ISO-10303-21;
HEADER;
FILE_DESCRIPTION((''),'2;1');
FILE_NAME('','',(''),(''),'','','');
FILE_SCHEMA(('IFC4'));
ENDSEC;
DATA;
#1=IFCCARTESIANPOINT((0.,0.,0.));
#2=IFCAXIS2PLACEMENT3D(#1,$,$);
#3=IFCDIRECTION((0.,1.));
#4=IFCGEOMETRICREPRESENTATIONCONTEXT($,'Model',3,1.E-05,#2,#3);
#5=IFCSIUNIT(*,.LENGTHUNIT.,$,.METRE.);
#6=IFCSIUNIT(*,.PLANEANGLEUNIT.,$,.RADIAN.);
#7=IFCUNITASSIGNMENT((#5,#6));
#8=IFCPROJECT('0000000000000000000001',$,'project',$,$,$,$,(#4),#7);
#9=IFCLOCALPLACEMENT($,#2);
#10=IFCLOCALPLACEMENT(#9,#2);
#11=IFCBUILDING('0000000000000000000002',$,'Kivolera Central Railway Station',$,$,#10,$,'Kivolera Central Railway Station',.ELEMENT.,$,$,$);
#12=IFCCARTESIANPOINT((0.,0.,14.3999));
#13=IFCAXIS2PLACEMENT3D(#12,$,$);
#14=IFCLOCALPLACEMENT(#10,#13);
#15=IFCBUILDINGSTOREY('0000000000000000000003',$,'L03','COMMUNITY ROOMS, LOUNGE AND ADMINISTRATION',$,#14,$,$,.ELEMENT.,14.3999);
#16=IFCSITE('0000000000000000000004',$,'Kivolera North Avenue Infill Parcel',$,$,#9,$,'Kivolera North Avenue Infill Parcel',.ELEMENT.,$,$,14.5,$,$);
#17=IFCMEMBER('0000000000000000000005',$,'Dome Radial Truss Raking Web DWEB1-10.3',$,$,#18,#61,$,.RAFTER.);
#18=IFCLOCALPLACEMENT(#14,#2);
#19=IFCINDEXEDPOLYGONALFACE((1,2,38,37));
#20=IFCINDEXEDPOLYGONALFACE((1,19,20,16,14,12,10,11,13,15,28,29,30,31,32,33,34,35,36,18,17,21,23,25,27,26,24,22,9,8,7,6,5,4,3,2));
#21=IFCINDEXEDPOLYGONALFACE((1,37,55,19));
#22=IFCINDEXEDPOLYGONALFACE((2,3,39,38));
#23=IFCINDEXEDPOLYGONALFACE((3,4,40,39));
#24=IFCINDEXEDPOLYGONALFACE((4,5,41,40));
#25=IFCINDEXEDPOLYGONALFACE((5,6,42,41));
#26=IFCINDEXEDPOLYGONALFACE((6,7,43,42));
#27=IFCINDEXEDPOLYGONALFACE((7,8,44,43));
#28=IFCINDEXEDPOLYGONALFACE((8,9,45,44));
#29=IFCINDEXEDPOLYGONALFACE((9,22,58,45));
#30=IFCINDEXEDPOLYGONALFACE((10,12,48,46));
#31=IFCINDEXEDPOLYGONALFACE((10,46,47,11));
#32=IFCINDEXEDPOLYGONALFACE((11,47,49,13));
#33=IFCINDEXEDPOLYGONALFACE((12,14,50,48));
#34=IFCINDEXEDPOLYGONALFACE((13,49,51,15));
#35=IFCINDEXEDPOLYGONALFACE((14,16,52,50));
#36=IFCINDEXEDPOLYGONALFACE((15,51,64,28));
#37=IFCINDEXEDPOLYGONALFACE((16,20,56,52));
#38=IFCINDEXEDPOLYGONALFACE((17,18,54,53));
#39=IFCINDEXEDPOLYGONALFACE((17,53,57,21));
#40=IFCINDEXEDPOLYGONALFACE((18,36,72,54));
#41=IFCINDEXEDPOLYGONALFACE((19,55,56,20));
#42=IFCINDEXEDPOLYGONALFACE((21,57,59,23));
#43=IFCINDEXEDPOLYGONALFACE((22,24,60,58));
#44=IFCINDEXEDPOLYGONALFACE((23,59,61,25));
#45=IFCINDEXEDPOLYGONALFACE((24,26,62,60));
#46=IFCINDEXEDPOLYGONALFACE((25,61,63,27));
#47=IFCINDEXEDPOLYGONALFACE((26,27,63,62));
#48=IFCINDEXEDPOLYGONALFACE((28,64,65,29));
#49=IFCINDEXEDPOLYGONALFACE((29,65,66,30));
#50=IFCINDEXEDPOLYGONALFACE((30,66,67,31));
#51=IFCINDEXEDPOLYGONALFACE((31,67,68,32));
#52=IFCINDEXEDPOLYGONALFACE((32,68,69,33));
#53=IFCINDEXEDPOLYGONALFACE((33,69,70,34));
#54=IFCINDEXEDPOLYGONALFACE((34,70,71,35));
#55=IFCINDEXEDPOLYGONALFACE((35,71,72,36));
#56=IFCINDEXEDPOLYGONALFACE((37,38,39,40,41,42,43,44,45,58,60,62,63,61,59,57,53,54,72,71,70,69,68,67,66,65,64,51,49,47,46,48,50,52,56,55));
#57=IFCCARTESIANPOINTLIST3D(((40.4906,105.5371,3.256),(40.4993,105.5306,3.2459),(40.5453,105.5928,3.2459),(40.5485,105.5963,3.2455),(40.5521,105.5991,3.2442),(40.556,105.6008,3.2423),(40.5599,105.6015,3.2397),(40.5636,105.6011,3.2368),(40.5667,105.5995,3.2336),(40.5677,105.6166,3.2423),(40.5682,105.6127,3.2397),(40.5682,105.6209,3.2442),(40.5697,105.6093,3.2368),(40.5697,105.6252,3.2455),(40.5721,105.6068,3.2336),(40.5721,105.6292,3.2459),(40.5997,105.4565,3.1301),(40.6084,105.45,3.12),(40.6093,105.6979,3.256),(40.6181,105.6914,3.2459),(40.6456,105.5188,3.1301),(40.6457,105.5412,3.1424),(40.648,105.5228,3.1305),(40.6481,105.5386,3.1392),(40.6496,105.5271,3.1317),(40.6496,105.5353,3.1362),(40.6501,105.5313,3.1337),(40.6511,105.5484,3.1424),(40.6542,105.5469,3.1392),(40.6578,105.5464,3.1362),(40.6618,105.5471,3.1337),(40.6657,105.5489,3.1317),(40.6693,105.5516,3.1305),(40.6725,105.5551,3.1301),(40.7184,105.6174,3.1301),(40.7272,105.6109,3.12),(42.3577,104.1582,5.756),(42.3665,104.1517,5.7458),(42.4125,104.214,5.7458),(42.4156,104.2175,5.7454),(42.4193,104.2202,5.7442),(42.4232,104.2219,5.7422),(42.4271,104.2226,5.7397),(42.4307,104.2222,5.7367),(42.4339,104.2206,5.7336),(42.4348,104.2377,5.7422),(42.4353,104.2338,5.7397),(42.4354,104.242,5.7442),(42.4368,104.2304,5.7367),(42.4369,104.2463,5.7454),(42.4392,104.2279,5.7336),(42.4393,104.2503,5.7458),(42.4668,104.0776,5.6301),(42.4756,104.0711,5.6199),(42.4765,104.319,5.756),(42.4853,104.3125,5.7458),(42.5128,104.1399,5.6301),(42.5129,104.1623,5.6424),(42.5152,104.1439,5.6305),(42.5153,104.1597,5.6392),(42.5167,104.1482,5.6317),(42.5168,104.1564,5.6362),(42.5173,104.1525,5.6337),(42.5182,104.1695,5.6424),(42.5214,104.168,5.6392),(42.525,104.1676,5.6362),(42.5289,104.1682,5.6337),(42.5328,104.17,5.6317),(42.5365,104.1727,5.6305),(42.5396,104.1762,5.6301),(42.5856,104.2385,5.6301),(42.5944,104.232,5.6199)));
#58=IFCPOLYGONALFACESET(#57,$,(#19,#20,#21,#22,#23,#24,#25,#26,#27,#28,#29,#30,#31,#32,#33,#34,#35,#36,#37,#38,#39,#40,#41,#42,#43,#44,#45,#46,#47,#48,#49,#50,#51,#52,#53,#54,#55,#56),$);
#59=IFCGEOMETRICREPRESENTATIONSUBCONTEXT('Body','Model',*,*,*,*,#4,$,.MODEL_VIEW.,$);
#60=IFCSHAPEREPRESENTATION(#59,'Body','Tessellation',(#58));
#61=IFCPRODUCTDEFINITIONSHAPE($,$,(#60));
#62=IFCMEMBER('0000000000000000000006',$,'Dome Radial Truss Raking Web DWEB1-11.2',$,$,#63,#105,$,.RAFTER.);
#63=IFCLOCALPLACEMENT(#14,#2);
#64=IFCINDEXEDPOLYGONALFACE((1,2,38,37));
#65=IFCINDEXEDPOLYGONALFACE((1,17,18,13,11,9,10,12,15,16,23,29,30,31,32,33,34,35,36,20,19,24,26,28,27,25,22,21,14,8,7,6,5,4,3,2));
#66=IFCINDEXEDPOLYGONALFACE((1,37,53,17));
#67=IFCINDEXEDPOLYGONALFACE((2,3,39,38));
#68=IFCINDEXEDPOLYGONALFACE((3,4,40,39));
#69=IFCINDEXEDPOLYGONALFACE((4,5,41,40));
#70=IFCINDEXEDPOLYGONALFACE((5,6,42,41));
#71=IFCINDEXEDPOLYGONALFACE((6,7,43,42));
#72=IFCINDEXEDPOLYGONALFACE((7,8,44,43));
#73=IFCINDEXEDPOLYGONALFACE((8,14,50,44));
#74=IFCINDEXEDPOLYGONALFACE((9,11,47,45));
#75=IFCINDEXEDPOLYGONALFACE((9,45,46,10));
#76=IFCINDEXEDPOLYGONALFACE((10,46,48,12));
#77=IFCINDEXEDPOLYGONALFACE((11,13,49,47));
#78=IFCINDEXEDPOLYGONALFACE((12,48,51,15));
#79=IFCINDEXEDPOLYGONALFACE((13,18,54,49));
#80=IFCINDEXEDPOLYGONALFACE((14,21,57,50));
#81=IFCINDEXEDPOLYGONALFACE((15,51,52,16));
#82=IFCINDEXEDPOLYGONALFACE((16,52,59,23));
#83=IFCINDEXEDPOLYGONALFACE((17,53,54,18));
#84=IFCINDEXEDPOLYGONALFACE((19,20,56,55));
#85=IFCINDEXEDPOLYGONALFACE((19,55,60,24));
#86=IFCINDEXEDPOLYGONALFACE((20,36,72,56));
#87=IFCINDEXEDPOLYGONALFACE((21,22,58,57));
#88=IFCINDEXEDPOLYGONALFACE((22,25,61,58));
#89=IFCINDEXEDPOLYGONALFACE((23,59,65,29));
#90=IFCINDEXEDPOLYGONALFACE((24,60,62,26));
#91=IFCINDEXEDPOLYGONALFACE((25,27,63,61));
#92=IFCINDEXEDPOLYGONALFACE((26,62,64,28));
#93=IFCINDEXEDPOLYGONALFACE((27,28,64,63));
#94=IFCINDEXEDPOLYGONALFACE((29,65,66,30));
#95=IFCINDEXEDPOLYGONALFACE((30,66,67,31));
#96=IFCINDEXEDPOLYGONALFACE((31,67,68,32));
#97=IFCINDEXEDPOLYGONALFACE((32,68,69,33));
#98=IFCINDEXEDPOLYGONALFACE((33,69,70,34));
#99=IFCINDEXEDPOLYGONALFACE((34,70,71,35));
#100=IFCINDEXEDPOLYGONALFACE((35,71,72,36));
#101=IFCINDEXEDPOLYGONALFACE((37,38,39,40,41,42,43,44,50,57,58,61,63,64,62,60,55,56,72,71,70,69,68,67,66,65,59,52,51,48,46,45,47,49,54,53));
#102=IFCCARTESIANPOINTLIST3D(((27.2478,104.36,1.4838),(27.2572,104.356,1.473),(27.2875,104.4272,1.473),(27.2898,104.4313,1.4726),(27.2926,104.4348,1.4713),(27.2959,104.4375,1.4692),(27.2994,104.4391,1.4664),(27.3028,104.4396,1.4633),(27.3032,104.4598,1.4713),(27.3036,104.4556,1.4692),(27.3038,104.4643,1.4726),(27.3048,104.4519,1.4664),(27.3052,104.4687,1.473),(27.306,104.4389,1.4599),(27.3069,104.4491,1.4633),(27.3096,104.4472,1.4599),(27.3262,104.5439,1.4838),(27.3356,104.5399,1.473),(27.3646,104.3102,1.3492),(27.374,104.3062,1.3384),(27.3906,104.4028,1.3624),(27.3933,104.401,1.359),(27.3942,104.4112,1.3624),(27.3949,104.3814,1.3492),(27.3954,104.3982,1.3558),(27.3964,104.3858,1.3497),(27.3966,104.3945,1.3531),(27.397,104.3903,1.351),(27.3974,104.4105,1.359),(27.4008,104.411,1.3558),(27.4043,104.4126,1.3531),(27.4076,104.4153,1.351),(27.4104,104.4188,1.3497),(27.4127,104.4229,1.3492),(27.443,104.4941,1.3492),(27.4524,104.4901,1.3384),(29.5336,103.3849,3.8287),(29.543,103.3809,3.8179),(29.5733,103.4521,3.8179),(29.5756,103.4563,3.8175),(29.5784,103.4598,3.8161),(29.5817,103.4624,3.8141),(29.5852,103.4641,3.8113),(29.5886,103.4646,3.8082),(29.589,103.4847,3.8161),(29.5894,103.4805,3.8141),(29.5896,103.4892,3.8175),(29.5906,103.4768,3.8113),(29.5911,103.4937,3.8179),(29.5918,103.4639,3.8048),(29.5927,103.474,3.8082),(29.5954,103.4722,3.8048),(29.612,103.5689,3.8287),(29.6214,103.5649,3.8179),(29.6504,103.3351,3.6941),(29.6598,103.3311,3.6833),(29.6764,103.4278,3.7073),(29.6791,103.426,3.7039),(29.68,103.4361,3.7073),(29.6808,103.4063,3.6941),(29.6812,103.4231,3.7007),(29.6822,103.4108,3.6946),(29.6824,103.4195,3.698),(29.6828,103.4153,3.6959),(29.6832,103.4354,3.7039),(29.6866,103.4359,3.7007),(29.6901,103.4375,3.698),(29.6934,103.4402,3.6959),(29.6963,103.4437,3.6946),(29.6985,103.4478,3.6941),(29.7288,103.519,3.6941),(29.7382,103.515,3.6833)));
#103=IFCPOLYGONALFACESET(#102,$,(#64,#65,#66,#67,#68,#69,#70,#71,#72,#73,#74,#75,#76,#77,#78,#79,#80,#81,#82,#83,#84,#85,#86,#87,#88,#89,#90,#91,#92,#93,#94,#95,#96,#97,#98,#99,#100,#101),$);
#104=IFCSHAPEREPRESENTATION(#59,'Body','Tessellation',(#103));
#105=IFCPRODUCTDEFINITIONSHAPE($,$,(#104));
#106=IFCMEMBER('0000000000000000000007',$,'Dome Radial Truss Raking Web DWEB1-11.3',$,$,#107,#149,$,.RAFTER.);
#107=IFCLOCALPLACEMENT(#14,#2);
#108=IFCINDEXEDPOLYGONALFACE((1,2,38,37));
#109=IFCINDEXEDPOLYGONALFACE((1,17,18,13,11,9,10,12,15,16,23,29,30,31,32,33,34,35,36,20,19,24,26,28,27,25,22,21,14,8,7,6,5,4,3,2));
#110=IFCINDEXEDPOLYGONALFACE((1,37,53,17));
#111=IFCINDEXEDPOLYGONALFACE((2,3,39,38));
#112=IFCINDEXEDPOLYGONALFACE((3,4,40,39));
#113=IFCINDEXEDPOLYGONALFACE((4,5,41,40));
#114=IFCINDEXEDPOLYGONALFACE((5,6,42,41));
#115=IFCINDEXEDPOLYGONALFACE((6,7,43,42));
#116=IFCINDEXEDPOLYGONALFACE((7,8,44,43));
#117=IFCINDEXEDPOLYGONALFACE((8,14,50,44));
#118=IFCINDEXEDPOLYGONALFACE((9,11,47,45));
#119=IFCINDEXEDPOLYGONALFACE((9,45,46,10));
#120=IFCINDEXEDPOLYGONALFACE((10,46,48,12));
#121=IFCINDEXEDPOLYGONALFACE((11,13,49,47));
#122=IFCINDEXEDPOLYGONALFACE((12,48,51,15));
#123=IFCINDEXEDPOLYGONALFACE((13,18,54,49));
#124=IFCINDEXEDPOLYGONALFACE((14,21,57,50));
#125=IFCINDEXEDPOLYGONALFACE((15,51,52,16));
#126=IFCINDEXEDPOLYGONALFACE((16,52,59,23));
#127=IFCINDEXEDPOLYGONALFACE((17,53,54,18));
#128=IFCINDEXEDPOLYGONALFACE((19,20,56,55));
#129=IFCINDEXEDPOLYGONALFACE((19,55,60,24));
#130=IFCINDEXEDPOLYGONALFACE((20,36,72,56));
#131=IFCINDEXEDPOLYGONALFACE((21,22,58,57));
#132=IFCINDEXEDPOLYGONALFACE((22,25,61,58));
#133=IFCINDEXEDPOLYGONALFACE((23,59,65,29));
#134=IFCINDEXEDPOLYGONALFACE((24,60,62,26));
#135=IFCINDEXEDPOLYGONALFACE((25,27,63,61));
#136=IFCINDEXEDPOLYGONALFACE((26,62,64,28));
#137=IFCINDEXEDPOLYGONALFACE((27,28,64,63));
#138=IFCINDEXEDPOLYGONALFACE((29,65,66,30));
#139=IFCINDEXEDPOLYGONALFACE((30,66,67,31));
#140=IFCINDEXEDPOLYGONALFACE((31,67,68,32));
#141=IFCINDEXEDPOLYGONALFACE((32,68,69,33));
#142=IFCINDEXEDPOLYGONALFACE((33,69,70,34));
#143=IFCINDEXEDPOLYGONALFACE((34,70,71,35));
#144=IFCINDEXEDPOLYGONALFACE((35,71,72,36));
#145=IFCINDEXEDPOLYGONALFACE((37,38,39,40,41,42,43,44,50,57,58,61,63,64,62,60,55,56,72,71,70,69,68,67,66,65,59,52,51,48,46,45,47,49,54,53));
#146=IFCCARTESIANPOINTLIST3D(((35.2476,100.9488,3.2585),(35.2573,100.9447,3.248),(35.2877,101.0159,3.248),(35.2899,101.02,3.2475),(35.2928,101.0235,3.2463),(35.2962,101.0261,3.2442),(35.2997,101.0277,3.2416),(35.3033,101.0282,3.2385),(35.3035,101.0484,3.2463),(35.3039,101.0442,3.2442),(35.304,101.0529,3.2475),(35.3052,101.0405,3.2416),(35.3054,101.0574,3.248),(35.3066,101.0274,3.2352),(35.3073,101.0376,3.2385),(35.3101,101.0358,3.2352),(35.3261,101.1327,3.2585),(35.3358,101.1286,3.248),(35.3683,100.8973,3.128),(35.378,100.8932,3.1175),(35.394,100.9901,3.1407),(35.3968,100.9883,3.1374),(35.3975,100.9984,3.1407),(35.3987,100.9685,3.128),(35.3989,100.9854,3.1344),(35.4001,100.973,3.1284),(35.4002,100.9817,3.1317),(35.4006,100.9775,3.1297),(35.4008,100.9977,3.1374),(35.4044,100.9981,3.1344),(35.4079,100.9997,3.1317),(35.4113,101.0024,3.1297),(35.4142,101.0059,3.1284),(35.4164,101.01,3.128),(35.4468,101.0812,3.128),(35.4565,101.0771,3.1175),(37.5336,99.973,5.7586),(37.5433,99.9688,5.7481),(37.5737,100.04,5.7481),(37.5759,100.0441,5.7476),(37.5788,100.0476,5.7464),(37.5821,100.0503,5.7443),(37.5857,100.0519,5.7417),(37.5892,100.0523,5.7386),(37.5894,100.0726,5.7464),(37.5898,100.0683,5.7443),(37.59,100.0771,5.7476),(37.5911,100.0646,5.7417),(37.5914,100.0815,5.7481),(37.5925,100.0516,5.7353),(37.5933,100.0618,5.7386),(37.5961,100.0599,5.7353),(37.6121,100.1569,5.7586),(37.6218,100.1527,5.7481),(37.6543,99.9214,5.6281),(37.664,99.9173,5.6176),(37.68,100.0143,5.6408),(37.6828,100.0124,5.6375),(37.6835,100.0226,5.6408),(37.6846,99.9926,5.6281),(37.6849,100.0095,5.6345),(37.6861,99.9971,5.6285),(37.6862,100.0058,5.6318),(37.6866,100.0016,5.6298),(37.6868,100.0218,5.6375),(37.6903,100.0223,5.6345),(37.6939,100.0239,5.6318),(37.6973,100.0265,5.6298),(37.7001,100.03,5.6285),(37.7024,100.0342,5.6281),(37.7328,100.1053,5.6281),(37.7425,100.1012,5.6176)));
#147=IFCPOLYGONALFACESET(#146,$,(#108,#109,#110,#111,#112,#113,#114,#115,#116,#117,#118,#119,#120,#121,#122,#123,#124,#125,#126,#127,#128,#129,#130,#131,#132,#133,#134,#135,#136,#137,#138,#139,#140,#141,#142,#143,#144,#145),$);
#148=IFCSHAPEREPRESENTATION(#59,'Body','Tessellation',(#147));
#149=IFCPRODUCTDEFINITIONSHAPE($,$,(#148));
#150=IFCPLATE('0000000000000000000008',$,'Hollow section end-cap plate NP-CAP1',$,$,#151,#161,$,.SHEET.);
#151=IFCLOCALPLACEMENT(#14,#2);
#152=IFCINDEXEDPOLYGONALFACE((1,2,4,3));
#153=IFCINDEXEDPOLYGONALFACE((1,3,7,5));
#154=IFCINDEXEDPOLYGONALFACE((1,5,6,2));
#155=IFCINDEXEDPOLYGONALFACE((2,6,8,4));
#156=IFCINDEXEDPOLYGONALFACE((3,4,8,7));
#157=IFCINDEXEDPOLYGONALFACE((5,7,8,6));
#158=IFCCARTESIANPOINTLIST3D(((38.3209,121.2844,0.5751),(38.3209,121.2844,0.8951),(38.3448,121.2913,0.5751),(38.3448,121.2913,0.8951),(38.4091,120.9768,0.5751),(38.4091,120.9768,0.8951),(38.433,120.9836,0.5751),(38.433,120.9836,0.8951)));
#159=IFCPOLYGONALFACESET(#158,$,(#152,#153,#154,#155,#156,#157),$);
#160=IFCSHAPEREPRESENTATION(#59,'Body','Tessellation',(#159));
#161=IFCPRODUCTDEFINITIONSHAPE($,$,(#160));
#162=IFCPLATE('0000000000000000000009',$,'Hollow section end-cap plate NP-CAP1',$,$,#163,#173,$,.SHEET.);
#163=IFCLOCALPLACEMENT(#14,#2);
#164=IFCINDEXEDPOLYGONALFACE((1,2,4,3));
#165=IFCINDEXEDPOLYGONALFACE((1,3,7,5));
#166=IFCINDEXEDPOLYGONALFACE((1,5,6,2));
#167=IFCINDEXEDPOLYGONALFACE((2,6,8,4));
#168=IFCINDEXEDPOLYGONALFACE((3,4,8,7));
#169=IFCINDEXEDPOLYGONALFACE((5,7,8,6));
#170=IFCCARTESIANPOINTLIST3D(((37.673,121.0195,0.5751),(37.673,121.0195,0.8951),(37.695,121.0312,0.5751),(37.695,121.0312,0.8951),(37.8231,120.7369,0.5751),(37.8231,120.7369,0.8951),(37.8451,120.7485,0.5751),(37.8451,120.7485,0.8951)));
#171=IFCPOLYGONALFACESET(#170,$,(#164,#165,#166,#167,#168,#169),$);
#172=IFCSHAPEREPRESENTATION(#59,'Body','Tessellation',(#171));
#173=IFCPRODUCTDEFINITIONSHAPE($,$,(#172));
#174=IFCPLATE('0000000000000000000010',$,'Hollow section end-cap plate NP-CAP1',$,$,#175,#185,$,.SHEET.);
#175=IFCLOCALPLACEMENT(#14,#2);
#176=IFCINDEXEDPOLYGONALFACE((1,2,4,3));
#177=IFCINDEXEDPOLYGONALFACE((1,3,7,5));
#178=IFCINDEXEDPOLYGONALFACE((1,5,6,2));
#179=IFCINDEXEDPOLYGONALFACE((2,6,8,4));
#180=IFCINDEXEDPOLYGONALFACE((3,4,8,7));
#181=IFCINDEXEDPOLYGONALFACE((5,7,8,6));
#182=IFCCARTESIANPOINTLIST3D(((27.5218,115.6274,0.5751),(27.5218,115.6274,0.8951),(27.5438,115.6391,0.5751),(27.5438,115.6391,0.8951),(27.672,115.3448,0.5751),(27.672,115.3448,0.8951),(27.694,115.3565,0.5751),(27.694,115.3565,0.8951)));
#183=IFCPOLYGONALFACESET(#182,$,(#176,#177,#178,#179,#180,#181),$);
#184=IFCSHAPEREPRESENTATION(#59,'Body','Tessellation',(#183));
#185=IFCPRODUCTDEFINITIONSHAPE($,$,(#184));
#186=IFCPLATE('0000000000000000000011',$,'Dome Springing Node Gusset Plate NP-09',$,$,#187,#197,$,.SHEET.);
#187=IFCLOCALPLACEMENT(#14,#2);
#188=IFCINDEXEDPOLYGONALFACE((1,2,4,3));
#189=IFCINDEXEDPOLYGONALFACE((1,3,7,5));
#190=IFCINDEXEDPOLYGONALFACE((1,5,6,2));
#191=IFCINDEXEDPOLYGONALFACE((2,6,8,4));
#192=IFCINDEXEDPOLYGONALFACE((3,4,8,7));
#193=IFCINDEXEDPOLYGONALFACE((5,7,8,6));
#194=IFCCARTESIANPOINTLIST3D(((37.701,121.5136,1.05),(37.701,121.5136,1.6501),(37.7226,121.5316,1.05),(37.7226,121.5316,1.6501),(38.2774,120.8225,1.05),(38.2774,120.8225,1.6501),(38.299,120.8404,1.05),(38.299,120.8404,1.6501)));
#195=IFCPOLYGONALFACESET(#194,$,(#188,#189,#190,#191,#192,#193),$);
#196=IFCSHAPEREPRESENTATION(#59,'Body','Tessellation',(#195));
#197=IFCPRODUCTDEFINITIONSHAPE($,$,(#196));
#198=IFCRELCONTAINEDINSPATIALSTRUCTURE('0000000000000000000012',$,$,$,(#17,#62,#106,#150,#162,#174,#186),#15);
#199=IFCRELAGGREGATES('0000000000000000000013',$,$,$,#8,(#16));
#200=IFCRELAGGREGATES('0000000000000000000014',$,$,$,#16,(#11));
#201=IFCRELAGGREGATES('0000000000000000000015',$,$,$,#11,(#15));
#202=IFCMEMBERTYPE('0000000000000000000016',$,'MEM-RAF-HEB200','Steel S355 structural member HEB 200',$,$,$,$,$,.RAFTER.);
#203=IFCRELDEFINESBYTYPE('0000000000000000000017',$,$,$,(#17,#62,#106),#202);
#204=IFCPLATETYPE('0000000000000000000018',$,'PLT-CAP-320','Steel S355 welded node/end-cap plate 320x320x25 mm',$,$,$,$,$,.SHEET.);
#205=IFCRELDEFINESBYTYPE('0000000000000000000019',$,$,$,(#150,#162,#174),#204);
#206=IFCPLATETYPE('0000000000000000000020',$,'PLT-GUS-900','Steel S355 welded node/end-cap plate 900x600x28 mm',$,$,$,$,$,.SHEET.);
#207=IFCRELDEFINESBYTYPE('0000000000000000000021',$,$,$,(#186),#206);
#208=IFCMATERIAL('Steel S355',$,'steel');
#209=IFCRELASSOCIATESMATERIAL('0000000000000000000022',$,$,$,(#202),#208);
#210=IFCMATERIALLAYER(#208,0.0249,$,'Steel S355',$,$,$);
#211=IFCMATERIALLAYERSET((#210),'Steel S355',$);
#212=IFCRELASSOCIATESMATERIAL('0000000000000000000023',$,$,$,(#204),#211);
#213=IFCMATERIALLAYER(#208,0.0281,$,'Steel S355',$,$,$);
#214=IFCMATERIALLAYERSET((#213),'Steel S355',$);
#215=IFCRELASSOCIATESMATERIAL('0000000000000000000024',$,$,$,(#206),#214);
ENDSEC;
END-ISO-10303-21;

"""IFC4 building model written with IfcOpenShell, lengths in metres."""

from ifc_helpers import new_model, si_unit, direction, frame, origin, origin_2d, place, context, subcontext, project, spatial, rectangle, i_section, extrude, material, layer, layer_set, material_profile, profile_set, type_object, element, save


model = new_model("IFC4")

# Units and contexts
model_context = context("Model", 3, precision=1e-05, world=origin(), true_north=direction((0.0, 1.0)))
body_context = subcontext(model_context, "Body", "Model", "MODEL_VIEW")
ifc_project = project(units=[si_unit("LENGTHUNIT", "METRE"), si_unit("PLANEANGLEUNIT", "RADIAN")], contexts=[model_context])

# Site, building, storey
site_placement = place(None, origin())
site = spatial("IfcSite", under=ifc_project, at=site_placement, Name="Kivolera North Avenue Infill Parcel", LongName="Kivolera North Avenue Infill Parcel", CompositionType="ELEMENT", RefElevation=14.5)
building_placement = place(site_placement, origin())
building = spatial("IfcBuilding", under=site, at=building_placement, Name="Kivolera Central Railway Station", LongName="Kivolera Central Railway Station", CompositionType="ELEMENT")
storey_placement = place(building_placement, frame((0.0, 0.0, 14.3999)))
storey = spatial("IfcBuildingStorey", under=building, at=storey_placement, Name="L03", Description="COMMUNITY ROOMS, LOUNGE AND ADMINISTRATION", CompositionType="ELEMENT", Elevation=14.3999)

# Shared definitions
ifc_material_1 = material(Name="Steel S355", Category="steel")

# Members
ifc_material_profile_1 = material_profile(ifc_material_1, i_section(OverallWidth=0.2, OverallDepth=0.2, WebThickness=0.009, FlangeThickness=0.0149, FilletRadius=0.0181, at=origin_2d()), Name="HEB 200")
ifc_profile_set_1 = profile_set([ifc_material_profile_1], Name="Steel S355")
member_type_1 = type_object("IfcMemberType", Name="MEM-RAF-HEB200", Description="Steel S355 structural member HEB 200", PredefinedType="RAFTER", material=ifc_profile_set_1)
member_1_placement = place(storey_placement, frame((40.6089, 105.574, 3.188), z_axis=(0.547335, -0.404203, 0.732833), x_axis=(0.59406, 0.804421, 0.0)))
element("IfcMember", 1, at=member_1_placement, inside=storey, type_object=member_type_1, Name="Dome Radial Truss Raking Web DWEB1-10.3", PredefinedType="RAFTER", context=body_context, shape_type="SweptSolid", body=[
    extrude(i_section(OverallWidth=0.2, OverallDepth=0.2, WebThickness=0.009, FlangeThickness=0.0149, FilletRadius=0.0181, at=origin_2d()), origin(), (0.0, 0.0, 1.0), 3.4114),
])
member_2_placement = place(storey_placement, frame((27.3501, 104.425, 1.4111), z_axis=(0.669001, -0.285378, 0.686292), x_axis=(0.392366, 0.919809, 0.0)))
element("IfcMember", 2, at=member_2_placement, inside=storey, type_object=member_type_1, Name="Dome Radial Truss Raking Web DWEB1-11.2", PredefinedType="RAFTER", context=body_context, shape_type="SweptSolid", body=[
    extrude(i_section(OverallWidth=0.2, OverallDepth=0.2, WebThickness=0.009, FlangeThickness=0.0149, FilletRadius=0.0181, at=origin_2d()), origin(), (0.0, 0.0, 1.0), 3.4167),
])
member_3_placement = place(storey_placement, frame((35.3521, 101.0129, 3.188), z_axis=(0.648429, -0.27681, 0.709165), x_axis=(0.392615, 0.919703, 0.0)))
element("IfcMember", 3, at=member_3_placement, inside=storey, type_object=member_type_1, Name="Dome Radial Truss Raking Web DWEB1-11.3", PredefinedType="RAFTER", context=body_context, shape_type="SweptSolid", body=[
    extrude(i_section(OverallWidth=0.2, OverallDepth=0.2, WebThickness=0.009, FlangeThickness=0.0149, FilletRadius=0.0181, at=origin_2d()), origin(), (0.0, 0.0, 1.0), 3.5254),
])

# Plates
ifc_layer_1 = layer(ifc_material_1, 0.0249, Name="Steel S355")
ifc_layer_set_1 = layer_set([ifc_layer_1], Name="Steel S355")
plate_type_1 = type_object("IfcPlateType", Name="PLT-CAP-320", Description="Steel S355 welded node/end-cap plate 320x320x25 mm", PredefinedType="SHEET", material=ifc_layer_set_1)
for number, where, z_axis, x_axis, name in (
    (4, (38.377, 121.134, 0.7351), (-0.961251, -0.275674, 0.0), (0.275674, -0.961251, 0.0), "Hollow section end-cap plate NP-CAP1"),
    (5, (37.759, 120.884, 0.7351), (-0.883133, -0.469123, 0.0), (0.469123, -0.883133, 0.0), "Hollow section end-cap plate NP-CAP1"),
    (6, (27.6079, 115.4919, 0.7351), (-0.883133, -0.469123, 0.0), (0.469123, -0.883133, 0.0), "Hollow section end-cap plate NP-CAP1"),
):
    element("IfcPlate", number, at=place(storey_placement, frame(where, z_axis=z_axis, x_axis=x_axis)), inside=storey, type_object=plate_type_1, Name=name, PredefinedType="SHEET", context=body_context, shape_type="SweptSolid", body=[
        extrude(rectangle(XDim=0.3201, YDim=0.3201, at=origin_2d()), frame((0.0, 0.0, -0.0125)), (0.0, 0.0, 1.0), 0.0249),
    ])
ifc_layer_2 = layer(ifc_material_1, 0.0281, Name="Steel S355")
ifc_layer_set_2 = layer_set([ifc_layer_2], Name="Steel S355")
plate_type_2 = type_object("IfcPlateType", Name="PLT-GUS-900", Description="Steel S355 welded node/end-cap plate 900x600x28 mm", PredefinedType="SHEET", material=ifc_layer_set_2)
plate_placement = place(storey_placement, frame((38.0, 121.177, 1.05), z_axis=(0.0, 0.0, 1.0), x_axis=(-0.640458, 0.767993, 0.0)))
element("IfcPlate", 7, at=plate_placement, inside=storey, type_object=plate_type_2, Name="Dome Springing Node Gusset Plate NP-09", PredefinedType="SHEET", context=body_context, shape_type="SweptSolid", body=[
    extrude(rectangle(XDim=0.8999, YDim=0.0281, at=origin_2d()), origin(), (0.0, 0.0, 1.0), 0.6001),
])

save(model, "model.ifc")
